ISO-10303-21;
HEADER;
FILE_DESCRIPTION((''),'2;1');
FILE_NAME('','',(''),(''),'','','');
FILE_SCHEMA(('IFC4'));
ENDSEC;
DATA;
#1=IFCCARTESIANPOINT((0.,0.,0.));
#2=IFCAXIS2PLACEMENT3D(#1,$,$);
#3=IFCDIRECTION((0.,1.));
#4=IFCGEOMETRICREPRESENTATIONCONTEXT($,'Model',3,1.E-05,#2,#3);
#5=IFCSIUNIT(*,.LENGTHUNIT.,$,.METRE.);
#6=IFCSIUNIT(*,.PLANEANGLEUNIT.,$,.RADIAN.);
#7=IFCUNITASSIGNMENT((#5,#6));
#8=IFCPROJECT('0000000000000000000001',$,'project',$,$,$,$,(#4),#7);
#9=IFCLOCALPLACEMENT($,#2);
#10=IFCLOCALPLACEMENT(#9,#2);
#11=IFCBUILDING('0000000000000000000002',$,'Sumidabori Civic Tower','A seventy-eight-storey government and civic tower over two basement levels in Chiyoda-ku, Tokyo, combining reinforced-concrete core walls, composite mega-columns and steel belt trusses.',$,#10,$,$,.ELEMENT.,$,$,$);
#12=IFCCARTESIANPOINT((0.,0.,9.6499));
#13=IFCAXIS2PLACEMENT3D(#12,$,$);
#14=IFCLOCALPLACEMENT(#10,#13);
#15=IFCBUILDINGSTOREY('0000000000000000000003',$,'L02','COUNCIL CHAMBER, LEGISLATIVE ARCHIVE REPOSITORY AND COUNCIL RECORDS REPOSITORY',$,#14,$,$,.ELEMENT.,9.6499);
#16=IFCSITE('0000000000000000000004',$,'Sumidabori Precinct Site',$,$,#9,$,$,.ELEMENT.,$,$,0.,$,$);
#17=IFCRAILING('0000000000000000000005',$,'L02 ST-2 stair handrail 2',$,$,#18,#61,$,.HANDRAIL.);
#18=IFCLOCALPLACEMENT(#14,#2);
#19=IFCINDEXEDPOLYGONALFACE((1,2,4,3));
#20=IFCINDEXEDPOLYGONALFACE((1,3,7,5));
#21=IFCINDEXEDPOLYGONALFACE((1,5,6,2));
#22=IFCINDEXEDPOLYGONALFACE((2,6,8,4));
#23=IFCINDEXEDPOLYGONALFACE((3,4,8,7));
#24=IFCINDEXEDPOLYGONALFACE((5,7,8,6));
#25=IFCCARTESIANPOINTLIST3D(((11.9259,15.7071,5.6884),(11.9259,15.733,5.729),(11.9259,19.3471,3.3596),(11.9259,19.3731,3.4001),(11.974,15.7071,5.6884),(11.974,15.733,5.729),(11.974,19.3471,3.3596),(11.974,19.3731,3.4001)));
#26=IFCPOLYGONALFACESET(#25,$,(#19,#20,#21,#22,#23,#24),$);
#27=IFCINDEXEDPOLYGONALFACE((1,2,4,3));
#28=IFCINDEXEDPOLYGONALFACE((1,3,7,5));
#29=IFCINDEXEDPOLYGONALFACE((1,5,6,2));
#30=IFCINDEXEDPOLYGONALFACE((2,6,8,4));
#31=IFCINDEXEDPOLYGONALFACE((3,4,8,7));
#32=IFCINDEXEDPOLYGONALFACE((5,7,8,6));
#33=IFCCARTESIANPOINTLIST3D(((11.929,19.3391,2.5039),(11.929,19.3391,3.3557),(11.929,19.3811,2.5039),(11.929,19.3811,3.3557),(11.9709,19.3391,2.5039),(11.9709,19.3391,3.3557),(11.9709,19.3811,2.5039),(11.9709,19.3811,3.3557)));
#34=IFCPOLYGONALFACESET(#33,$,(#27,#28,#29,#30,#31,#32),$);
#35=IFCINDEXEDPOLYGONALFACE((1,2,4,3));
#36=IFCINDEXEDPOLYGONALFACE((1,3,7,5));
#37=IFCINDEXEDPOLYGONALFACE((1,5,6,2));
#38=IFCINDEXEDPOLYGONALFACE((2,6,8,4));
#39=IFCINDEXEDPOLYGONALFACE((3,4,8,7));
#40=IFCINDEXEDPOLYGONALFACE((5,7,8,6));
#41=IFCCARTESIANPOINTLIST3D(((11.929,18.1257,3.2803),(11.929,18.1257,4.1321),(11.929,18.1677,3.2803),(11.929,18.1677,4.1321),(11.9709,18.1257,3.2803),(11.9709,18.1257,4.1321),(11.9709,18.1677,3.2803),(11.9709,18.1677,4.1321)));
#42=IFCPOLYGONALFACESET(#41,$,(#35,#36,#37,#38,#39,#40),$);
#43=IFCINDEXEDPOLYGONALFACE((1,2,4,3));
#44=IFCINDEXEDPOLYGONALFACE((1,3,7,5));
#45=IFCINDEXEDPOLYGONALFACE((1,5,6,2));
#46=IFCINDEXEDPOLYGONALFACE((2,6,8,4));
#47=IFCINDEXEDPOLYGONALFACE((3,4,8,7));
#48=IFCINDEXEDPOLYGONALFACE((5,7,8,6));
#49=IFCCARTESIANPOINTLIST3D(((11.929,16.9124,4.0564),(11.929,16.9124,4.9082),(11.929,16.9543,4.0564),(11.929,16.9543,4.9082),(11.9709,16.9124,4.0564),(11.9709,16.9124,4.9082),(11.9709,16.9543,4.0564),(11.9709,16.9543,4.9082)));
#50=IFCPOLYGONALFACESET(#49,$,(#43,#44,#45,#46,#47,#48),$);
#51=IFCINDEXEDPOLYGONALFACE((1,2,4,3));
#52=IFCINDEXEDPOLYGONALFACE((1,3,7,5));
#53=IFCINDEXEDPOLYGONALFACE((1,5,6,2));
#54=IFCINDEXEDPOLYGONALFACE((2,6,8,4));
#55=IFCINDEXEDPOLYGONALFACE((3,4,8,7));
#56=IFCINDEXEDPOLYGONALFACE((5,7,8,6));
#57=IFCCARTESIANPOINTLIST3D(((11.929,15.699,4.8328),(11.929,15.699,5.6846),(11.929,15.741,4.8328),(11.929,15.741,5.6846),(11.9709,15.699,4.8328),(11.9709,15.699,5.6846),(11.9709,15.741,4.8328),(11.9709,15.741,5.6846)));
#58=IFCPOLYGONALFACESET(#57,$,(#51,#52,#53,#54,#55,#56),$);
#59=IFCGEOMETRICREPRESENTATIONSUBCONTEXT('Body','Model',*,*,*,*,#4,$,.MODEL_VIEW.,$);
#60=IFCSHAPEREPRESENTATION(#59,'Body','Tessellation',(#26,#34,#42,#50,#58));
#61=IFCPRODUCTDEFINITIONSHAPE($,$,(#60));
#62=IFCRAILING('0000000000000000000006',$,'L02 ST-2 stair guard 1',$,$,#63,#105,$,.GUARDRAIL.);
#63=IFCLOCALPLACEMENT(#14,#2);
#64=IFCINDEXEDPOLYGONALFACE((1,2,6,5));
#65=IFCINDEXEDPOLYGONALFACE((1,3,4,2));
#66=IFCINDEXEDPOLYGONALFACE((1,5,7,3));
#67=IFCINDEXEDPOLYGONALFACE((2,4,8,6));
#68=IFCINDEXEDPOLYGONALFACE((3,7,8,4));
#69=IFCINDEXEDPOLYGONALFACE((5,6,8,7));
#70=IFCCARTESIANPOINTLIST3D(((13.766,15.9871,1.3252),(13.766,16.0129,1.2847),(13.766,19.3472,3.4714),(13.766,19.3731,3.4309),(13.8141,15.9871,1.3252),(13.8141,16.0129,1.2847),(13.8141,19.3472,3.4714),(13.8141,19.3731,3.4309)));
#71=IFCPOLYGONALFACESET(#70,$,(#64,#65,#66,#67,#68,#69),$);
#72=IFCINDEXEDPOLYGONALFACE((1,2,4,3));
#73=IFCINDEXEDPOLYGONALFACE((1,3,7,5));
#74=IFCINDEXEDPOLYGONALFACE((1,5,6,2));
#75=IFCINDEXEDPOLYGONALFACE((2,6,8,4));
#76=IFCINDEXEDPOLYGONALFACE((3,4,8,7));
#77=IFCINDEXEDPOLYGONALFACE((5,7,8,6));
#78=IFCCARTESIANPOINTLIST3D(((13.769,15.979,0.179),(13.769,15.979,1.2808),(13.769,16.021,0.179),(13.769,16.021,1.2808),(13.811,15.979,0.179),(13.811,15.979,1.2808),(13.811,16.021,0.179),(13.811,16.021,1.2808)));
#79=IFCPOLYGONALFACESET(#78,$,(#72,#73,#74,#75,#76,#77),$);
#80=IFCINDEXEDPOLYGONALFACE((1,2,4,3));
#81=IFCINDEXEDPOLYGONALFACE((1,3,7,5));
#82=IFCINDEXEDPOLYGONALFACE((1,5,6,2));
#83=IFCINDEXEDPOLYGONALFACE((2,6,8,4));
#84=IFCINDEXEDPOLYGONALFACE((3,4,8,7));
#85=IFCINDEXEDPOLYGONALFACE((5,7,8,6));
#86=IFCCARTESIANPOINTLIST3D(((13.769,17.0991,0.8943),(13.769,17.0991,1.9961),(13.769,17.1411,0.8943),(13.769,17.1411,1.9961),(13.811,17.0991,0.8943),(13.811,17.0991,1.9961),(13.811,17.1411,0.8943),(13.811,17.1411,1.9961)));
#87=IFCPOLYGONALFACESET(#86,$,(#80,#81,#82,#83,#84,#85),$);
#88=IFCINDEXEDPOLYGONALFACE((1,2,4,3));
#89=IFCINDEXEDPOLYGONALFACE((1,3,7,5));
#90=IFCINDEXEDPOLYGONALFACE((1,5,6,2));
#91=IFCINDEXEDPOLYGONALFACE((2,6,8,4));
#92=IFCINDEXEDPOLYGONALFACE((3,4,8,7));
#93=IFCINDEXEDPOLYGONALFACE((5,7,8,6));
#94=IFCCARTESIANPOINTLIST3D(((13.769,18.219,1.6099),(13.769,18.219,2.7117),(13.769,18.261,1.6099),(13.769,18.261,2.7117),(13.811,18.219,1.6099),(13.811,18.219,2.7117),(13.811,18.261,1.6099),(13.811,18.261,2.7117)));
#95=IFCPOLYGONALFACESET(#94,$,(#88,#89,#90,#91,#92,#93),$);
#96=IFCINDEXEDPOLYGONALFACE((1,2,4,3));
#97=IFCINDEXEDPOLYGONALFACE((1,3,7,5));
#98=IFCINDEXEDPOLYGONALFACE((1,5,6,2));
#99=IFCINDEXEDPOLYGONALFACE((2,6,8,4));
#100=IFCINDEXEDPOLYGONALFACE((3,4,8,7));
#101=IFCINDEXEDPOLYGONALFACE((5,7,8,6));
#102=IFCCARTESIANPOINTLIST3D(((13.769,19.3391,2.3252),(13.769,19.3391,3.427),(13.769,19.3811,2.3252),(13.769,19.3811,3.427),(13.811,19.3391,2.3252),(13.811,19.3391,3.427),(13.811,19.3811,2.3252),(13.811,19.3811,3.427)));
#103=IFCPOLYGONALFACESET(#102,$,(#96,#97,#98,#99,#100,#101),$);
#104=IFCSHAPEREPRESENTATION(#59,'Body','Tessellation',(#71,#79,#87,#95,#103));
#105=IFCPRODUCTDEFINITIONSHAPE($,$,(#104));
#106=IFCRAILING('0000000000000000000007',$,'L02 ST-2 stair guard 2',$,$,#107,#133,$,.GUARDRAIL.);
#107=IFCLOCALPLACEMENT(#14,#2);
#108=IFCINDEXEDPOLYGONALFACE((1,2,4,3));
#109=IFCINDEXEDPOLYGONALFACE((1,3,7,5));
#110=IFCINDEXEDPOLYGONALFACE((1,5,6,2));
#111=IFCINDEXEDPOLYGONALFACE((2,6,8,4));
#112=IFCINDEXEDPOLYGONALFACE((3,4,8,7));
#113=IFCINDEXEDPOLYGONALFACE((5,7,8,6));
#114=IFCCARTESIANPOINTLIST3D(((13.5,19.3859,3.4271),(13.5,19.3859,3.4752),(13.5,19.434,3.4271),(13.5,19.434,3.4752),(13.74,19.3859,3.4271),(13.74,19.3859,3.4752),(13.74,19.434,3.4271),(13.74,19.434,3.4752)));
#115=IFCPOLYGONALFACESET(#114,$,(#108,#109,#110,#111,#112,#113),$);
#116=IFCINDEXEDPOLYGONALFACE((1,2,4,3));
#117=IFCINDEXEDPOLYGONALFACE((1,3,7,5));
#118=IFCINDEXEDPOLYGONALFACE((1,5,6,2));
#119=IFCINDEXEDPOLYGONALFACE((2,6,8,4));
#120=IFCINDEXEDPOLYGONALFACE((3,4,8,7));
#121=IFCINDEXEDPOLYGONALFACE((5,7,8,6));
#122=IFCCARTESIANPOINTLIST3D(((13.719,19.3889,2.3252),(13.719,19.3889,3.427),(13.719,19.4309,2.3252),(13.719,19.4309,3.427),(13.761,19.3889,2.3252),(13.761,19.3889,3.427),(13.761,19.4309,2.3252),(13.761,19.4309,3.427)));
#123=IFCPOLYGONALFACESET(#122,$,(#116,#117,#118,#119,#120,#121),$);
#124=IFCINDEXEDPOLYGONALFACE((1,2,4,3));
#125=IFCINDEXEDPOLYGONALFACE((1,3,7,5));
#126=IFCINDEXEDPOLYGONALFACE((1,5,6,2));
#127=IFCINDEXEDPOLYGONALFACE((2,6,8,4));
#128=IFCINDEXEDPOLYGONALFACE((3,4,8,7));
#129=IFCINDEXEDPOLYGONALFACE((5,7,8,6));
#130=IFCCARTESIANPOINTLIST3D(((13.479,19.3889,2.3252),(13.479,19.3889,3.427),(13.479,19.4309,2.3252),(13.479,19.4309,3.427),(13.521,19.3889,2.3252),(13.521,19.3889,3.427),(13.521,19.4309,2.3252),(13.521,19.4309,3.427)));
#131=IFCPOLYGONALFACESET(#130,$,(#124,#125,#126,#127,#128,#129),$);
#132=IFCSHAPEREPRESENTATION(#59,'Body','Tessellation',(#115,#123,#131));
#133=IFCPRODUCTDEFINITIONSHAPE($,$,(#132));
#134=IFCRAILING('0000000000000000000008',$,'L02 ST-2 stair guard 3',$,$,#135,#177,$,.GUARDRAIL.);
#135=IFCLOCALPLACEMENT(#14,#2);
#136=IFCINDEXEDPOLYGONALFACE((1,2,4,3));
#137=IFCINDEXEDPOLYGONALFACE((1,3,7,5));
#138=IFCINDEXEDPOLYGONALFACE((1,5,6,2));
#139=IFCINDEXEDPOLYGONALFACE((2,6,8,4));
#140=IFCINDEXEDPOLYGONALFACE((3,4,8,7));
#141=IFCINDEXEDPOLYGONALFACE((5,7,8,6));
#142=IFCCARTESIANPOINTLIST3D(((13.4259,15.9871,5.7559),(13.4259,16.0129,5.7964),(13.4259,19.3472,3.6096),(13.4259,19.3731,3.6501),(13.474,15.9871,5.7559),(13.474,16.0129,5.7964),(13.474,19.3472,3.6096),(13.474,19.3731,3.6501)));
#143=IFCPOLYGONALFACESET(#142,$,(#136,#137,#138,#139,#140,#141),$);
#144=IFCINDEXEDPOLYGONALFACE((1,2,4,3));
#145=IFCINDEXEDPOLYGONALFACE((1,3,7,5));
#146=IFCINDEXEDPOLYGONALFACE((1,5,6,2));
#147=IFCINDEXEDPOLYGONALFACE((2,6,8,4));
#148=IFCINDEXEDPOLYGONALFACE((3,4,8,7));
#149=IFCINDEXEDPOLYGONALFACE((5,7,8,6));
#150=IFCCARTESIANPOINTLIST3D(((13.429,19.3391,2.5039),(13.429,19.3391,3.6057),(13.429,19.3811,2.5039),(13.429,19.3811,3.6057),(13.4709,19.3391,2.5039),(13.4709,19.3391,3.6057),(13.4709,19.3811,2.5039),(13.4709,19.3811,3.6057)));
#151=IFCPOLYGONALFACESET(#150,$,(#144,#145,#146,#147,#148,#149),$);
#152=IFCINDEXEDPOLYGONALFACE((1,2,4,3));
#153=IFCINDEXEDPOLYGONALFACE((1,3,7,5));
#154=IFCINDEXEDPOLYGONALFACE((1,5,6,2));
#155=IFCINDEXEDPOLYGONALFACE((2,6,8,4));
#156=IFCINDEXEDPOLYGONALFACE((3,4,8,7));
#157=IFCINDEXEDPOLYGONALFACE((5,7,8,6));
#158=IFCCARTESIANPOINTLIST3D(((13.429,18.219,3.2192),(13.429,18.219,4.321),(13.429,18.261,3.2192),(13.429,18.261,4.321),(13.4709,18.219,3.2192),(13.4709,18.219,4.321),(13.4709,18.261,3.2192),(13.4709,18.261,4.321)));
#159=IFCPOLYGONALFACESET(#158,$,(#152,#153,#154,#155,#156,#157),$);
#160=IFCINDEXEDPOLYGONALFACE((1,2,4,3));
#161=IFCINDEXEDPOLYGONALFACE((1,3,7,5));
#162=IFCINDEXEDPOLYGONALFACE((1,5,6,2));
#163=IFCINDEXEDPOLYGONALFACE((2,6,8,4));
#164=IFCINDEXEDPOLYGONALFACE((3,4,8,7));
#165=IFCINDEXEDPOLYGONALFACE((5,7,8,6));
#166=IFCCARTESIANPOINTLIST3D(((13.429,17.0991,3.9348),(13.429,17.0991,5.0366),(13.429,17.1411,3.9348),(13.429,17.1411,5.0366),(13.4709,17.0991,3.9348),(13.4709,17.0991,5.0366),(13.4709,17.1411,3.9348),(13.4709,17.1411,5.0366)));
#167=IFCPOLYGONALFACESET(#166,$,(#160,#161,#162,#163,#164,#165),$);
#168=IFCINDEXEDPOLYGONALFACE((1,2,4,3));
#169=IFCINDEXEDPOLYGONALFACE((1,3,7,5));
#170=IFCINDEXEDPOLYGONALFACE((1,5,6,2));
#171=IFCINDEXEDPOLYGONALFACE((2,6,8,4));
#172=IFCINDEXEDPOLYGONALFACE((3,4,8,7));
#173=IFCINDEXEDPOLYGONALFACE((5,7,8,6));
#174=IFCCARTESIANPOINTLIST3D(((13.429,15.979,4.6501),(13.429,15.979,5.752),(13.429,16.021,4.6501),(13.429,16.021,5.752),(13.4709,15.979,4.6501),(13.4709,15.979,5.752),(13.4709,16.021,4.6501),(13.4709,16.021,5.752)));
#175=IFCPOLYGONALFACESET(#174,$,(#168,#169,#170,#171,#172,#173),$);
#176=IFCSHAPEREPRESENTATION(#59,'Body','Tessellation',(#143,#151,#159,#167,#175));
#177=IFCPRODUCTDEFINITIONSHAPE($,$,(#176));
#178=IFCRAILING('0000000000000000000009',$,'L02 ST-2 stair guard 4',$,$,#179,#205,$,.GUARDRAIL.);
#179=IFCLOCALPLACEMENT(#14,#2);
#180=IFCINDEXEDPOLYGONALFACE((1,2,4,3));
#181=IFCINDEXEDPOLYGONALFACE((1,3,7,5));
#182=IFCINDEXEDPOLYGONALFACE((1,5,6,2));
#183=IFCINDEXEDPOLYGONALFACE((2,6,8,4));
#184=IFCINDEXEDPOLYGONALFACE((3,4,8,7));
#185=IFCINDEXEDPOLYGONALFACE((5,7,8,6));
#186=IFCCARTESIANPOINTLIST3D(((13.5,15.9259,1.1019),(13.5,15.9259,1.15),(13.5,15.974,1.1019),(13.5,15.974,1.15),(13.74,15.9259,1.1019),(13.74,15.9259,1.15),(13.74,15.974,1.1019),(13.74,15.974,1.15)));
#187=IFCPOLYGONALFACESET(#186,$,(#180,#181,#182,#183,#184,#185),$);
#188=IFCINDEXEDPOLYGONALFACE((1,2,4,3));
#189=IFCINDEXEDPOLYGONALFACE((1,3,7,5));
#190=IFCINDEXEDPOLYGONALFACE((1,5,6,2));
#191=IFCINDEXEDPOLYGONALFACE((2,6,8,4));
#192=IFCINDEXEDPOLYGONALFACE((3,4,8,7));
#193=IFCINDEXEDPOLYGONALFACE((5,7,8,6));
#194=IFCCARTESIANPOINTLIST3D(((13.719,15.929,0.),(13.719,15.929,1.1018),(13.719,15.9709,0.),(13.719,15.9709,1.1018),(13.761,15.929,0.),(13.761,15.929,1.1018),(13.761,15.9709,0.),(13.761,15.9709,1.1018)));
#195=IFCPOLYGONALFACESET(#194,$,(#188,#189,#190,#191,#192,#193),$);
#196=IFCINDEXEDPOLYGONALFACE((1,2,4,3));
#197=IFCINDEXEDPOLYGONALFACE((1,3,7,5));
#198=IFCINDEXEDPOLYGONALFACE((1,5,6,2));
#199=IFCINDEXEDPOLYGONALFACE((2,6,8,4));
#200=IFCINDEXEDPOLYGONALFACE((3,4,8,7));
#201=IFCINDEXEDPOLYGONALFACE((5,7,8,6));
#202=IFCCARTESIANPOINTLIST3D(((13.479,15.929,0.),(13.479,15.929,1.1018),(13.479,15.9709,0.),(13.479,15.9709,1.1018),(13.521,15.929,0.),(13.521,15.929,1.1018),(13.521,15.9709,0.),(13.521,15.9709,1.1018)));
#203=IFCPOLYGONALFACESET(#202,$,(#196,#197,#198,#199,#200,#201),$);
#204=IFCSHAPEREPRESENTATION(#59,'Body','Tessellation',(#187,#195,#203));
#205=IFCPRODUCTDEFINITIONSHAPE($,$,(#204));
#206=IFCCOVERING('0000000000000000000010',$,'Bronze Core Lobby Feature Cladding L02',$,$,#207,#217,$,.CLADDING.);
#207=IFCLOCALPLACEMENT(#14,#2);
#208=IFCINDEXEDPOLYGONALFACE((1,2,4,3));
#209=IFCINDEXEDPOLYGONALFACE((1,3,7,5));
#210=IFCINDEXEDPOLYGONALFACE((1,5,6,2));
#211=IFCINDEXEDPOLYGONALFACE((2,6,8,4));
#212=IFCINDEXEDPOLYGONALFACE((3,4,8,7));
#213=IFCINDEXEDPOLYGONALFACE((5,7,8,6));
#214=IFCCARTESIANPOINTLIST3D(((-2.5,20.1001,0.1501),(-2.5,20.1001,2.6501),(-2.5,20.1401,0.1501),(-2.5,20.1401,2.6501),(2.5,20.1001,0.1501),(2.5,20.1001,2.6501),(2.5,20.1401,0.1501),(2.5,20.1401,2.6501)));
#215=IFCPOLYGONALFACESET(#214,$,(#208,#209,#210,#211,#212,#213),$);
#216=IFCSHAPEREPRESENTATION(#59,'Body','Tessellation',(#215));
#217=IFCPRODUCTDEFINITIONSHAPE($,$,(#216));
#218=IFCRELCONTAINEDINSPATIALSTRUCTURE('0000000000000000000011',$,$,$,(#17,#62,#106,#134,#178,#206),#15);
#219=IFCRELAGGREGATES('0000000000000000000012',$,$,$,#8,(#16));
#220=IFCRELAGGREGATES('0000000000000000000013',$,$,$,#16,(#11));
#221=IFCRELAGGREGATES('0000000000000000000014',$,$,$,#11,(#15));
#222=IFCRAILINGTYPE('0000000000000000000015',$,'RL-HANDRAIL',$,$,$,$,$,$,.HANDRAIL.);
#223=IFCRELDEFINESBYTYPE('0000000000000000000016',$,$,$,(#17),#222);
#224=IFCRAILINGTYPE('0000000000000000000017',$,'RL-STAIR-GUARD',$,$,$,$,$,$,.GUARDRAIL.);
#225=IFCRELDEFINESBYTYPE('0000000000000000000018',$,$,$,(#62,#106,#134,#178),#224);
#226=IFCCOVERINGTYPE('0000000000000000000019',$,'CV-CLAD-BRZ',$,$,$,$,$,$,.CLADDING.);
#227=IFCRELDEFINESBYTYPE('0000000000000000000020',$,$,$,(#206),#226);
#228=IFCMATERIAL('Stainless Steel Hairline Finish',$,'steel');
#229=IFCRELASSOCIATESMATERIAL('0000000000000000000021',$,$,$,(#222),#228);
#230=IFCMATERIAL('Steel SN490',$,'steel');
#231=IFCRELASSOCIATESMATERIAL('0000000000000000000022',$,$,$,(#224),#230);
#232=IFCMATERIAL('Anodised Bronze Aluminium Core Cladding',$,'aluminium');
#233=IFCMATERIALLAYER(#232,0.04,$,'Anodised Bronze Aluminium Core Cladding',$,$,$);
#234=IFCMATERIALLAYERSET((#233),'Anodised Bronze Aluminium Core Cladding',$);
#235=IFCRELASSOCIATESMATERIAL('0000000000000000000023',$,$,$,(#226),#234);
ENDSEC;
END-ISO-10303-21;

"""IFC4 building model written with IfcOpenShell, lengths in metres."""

from ifc_helpers import new_model, si_unit, direction, frame, origin, origin_2d, place, context, subcontext, project, spatial, rectangle, extrude, source, transform, mapped, material, layer, layer_set, type_object, element, save


model = new_model("IFC4")

# Units and contexts
model_context = context("Model", 3, precision=1e-05, world=origin(), true_north=direction((0.0, 1.0)))
body_context = subcontext(model_context, "Body", "Model", "MODEL_VIEW")
ifc_project = project(units=[si_unit("LENGTHUNIT", "METRE"), si_unit("PLANEANGLEUNIT", "RADIAN")], contexts=[model_context])

# Site, building, storey
site_placement = place(None, origin())
site = spatial("IfcSite", under=ifc_project, at=site_placement, Name="Sumidabori Precinct Site", CompositionType="ELEMENT", RefElevation=0.0)
building_placement = place(site_placement, origin())
building = spatial("IfcBuilding", under=site, at=building_placement, Name="Sumidabori Civic Tower", Description="A seventy-eight-storey government and civic tower over two basement levels in Chiyoda-ku, Tokyo, combining reinforced-concrete core walls, composite mega-columns and steel belt trusses.", CompositionType="ELEMENT")
storey_placement = place(building_placement, frame((0.0, 0.0, 9.6499)))
storey = spatial("IfcBuildingStorey", under=building, at=storey_placement, Name="L02", Description="COUNCIL CHAMBER, LEGISLATIVE ARCHIVE REPOSITORY AND COUNCIL RECORDS REPOSITORY", CompositionType="ELEMENT", Elevation=9.6499)

# Shared definitions
ifc_material_1 = material(Name="Steel SN490", Category="steel")

# Railings
ifc_material_2 = material(Name="Stainless Steel Hairline Finish", Category="steel")
railing_type_1 = type_object("IfcRailingType", Name="RL-HANDRAIL", PredefinedType="HANDRAIL", material=ifc_material_2)
railing_1_placement = place(storey_placement, frame((11.95, 19.3601, 2.5039)))
element("IfcRailing", 1, at=railing_1_placement, inside=storey, type_object=railing_type_1, Name="L02 ST-2 stair handrail 2", PredefinedType="HANDRAIL", context=body_context, shape_type="SweptSolid", body=[
    extrude(rectangle(XDim=0.0481, YDim=0.0481, at=origin_2d()), frame((0.0, 0.0, 0.876), z_axis=(0.0, -0.842359, 0.538917), x_axis=(1.0, 0.0, 0.0)), (0.0, 0.0, 1.0), 4.3213),
    extrude(rectangle(XDim=0.042, YDim=0.042, at=origin_2d()), origin(), (0.0, 0.0, 1.0), 0.8518),
    extrude(rectangle(XDim=0.042, YDim=0.042, at=origin_2d()), frame((0.0, -1.2134, 0.7764)), (0.0, 0.0, 1.0), 0.8518),
    extrude(rectangle(XDim=0.042, YDim=0.042, at=origin_2d()), frame((0.0, -2.4268, 1.5525)), (0.0, 0.0, 1.0), 0.8518),
    extrude(rectangle(XDim=0.042, YDim=0.042, at=origin_2d()), frame((0.0, -3.6401, 2.3289)), (0.0, 0.0, 1.0), 0.8518),
])
railing_type_2 = type_object("IfcRailingType", Name="RL-STAIR-GUARD", PredefinedType="GUARDRAIL", material=ifc_material_1)
railing_2_placement = place(storey_placement, frame((13.79, 16.0, 0.179)))
element("IfcRailing", 2, at=railing_2_placement, inside=storey, type_object=railing_type_2, Name="L02 ST-2 stair guard 1", PredefinedType="GUARDRAIL", context=body_context, shape_type="SweptSolid", body=[
    extrude(rectangle(XDim=0.0481, YDim=0.0481, at=origin_2d()), frame((0.0, 0.0, 1.126), z_axis=(0.0, 0.842753, 0.538301), x_axis=(-1.0, 0.0, 0.0)), (0.0, 0.0, 1.0), 3.9871),
    extrude(rectangle(XDim=0.042, YDim=0.042, at=origin_2d()), origin(), (0.0, 0.0, 1.0), 1.1018),
    extrude(rectangle(XDim=0.042, YDim=0.042, at=origin_2d()), frame((0.0, 1.1201, 0.7153)), (0.0, 0.0, 1.0), 1.1018),
    extrude(rectangle(XDim=0.042, YDim=0.042, at=origin_2d()), frame((0.0, 2.24, 1.4309)), (0.0, 0.0, 1.0), 1.1018),
    extrude(rectangle(XDim=0.042, YDim=0.042, at=origin_2d()), frame((0.0, 3.3601, 2.1462)), (0.0, 0.0, 1.0), 1.1018),
])
railing_3_placement = place(storey_placement, frame((13.74, 19.4099, 2.3252)))
element("IfcRailing", 3, at=railing_3_placement, inside=storey, type_object=railing_type_2, Name="L02 ST-2 stair guard 2", PredefinedType="GUARDRAIL", context=body_context, shape_type="SweptSolid", body=[
    extrude(rectangle(XDim=0.0481, YDim=0.0481, at=origin_2d()), frame((0.0, 0.0, 1.126), z_axis=(-1.0, 0.0, 0.0), x_axis=(0.0, -1.0, 0.0)), (0.0, 0.0, 1.0), 0.24),
    extrude(rectangle(XDim=0.042, YDim=0.042, at=origin_2d()), origin(), (0.0, 0.0, 1.0), 1.1018),
    extrude(rectangle(XDim=0.042, YDim=0.042, at=origin_2d()), frame((-0.24, 0.0, 0.0)), (0.0, 0.0, 1.0), 1.1018),
])
railing_4_placement = place(storey_placement, frame((13.45, 19.3601, 2.5039)))
element("IfcRailing", 4, at=railing_4_placement, inside=storey, type_object=railing_type_2, Name="L02 ST-2 stair guard 3", PredefinedType="GUARDRAIL", context=body_context, shape_type="SweptSolid", body=[
    extrude(rectangle(XDim=0.0481, YDim=0.0481, at=origin_2d()), frame((0.0, 0.0, 1.126), z_axis=(0.0, -0.842753, 0.538301), x_axis=(1.0, 0.0, 0.0)), (0.0, 0.0, 1.0), 3.9871),
    extrude(rectangle(XDim=0.042, YDim=0.042, at=origin_2d()), origin(), (0.0, 0.0, 1.0), 1.1018),
    extrude(rectangle(XDim=0.042, YDim=0.042, at=origin_2d()), frame((0.0, -1.1201, 0.7153)), (0.0, 0.0, 1.0), 1.1018),
    extrude(rectangle(XDim=0.042, YDim=0.042, at=origin_2d()), frame((0.0, -2.24, 1.4309)), (0.0, 0.0, 1.0), 1.1018),
    extrude(rectangle(XDim=0.042, YDim=0.042, at=origin_2d()), frame((0.0, -3.3601, 2.1462)), (0.0, 0.0, 1.0), 1.1018),
])
railing_5_placement = place(storey_placement, frame((13.74, 15.95, 0.0)))
element("IfcRailing", 5, at=railing_5_placement, inside=storey, type_object=railing_type_2, Name="L02 ST-2 stair guard 4", PredefinedType="GUARDRAIL", context=body_context, shape_type="SweptSolid", body=[
    extrude(rectangle(XDim=0.0481, YDim=0.0481, at=origin_2d()), frame((0.0, 0.0, 1.126), z_axis=(-1.0, 0.0, 0.0), x_axis=(0.0, -1.0, 0.0)), (0.0, 0.0, 1.0), 0.24),
    extrude(rectangle(XDim=0.042, YDim=0.042, at=origin_2d()), origin(), (0.0, 0.0, 1.0), 1.1018),
    extrude(rectangle(XDim=0.042, YDim=0.042, at=origin_2d()), frame((-0.24, 0.0, 0.0)), (0.0, 0.0, 1.0), 1.1018),
])

# Covering
ifc_material_3 = material(Name="Anodised Bronze Aluminium Core Cladding", Category="aluminium")
ifc_layer_1 = layer(ifc_material_3, 0.04, Name="Anodised Bronze Aluminium Core Cladding")
ifc_layer_set_1 = layer_set([ifc_layer_1], Name="Anodised Bronze Aluminium Core Cladding")
covering_type = type_object("IfcCoveringType", Name="CV-CLAD-BRZ", PredefinedType="CLADDING", material=ifc_layer_set_1)
shared_shape_1 = source(origin(), body_context, "Body", "SweptSolid", [
    extrude(rectangle(XDim=5.0, YDim=0.04, at=origin_2d()), origin(), (0.0, 0.0, 1.0), 2.5),
])
covering_placement = place(storey_placement, frame((0.0, 20.1201, 0.1501), z_axis=(0.0, 0.0, 1.0), x_axis=(1.0, 0.0, 0.0)))
element("IfcCovering", 6, at=covering_placement, inside=storey, type_object=covering_type, Name="Bronze Core Lobby Feature Cladding L02", PredefinedType="CLADDING", context=body_context, shape_type="MappedRepresentation", body=[
    mapped(shared_shape_1, transform((0.0, 0.0, 0.0), x_axis=(1.0, 0.0, 0.0), y_axis=(0.0, 1.0, 0.0), z_axis=(0.0, 0.0, 1.0), scale=1.0)),
])

save(model, "model.ifc")
